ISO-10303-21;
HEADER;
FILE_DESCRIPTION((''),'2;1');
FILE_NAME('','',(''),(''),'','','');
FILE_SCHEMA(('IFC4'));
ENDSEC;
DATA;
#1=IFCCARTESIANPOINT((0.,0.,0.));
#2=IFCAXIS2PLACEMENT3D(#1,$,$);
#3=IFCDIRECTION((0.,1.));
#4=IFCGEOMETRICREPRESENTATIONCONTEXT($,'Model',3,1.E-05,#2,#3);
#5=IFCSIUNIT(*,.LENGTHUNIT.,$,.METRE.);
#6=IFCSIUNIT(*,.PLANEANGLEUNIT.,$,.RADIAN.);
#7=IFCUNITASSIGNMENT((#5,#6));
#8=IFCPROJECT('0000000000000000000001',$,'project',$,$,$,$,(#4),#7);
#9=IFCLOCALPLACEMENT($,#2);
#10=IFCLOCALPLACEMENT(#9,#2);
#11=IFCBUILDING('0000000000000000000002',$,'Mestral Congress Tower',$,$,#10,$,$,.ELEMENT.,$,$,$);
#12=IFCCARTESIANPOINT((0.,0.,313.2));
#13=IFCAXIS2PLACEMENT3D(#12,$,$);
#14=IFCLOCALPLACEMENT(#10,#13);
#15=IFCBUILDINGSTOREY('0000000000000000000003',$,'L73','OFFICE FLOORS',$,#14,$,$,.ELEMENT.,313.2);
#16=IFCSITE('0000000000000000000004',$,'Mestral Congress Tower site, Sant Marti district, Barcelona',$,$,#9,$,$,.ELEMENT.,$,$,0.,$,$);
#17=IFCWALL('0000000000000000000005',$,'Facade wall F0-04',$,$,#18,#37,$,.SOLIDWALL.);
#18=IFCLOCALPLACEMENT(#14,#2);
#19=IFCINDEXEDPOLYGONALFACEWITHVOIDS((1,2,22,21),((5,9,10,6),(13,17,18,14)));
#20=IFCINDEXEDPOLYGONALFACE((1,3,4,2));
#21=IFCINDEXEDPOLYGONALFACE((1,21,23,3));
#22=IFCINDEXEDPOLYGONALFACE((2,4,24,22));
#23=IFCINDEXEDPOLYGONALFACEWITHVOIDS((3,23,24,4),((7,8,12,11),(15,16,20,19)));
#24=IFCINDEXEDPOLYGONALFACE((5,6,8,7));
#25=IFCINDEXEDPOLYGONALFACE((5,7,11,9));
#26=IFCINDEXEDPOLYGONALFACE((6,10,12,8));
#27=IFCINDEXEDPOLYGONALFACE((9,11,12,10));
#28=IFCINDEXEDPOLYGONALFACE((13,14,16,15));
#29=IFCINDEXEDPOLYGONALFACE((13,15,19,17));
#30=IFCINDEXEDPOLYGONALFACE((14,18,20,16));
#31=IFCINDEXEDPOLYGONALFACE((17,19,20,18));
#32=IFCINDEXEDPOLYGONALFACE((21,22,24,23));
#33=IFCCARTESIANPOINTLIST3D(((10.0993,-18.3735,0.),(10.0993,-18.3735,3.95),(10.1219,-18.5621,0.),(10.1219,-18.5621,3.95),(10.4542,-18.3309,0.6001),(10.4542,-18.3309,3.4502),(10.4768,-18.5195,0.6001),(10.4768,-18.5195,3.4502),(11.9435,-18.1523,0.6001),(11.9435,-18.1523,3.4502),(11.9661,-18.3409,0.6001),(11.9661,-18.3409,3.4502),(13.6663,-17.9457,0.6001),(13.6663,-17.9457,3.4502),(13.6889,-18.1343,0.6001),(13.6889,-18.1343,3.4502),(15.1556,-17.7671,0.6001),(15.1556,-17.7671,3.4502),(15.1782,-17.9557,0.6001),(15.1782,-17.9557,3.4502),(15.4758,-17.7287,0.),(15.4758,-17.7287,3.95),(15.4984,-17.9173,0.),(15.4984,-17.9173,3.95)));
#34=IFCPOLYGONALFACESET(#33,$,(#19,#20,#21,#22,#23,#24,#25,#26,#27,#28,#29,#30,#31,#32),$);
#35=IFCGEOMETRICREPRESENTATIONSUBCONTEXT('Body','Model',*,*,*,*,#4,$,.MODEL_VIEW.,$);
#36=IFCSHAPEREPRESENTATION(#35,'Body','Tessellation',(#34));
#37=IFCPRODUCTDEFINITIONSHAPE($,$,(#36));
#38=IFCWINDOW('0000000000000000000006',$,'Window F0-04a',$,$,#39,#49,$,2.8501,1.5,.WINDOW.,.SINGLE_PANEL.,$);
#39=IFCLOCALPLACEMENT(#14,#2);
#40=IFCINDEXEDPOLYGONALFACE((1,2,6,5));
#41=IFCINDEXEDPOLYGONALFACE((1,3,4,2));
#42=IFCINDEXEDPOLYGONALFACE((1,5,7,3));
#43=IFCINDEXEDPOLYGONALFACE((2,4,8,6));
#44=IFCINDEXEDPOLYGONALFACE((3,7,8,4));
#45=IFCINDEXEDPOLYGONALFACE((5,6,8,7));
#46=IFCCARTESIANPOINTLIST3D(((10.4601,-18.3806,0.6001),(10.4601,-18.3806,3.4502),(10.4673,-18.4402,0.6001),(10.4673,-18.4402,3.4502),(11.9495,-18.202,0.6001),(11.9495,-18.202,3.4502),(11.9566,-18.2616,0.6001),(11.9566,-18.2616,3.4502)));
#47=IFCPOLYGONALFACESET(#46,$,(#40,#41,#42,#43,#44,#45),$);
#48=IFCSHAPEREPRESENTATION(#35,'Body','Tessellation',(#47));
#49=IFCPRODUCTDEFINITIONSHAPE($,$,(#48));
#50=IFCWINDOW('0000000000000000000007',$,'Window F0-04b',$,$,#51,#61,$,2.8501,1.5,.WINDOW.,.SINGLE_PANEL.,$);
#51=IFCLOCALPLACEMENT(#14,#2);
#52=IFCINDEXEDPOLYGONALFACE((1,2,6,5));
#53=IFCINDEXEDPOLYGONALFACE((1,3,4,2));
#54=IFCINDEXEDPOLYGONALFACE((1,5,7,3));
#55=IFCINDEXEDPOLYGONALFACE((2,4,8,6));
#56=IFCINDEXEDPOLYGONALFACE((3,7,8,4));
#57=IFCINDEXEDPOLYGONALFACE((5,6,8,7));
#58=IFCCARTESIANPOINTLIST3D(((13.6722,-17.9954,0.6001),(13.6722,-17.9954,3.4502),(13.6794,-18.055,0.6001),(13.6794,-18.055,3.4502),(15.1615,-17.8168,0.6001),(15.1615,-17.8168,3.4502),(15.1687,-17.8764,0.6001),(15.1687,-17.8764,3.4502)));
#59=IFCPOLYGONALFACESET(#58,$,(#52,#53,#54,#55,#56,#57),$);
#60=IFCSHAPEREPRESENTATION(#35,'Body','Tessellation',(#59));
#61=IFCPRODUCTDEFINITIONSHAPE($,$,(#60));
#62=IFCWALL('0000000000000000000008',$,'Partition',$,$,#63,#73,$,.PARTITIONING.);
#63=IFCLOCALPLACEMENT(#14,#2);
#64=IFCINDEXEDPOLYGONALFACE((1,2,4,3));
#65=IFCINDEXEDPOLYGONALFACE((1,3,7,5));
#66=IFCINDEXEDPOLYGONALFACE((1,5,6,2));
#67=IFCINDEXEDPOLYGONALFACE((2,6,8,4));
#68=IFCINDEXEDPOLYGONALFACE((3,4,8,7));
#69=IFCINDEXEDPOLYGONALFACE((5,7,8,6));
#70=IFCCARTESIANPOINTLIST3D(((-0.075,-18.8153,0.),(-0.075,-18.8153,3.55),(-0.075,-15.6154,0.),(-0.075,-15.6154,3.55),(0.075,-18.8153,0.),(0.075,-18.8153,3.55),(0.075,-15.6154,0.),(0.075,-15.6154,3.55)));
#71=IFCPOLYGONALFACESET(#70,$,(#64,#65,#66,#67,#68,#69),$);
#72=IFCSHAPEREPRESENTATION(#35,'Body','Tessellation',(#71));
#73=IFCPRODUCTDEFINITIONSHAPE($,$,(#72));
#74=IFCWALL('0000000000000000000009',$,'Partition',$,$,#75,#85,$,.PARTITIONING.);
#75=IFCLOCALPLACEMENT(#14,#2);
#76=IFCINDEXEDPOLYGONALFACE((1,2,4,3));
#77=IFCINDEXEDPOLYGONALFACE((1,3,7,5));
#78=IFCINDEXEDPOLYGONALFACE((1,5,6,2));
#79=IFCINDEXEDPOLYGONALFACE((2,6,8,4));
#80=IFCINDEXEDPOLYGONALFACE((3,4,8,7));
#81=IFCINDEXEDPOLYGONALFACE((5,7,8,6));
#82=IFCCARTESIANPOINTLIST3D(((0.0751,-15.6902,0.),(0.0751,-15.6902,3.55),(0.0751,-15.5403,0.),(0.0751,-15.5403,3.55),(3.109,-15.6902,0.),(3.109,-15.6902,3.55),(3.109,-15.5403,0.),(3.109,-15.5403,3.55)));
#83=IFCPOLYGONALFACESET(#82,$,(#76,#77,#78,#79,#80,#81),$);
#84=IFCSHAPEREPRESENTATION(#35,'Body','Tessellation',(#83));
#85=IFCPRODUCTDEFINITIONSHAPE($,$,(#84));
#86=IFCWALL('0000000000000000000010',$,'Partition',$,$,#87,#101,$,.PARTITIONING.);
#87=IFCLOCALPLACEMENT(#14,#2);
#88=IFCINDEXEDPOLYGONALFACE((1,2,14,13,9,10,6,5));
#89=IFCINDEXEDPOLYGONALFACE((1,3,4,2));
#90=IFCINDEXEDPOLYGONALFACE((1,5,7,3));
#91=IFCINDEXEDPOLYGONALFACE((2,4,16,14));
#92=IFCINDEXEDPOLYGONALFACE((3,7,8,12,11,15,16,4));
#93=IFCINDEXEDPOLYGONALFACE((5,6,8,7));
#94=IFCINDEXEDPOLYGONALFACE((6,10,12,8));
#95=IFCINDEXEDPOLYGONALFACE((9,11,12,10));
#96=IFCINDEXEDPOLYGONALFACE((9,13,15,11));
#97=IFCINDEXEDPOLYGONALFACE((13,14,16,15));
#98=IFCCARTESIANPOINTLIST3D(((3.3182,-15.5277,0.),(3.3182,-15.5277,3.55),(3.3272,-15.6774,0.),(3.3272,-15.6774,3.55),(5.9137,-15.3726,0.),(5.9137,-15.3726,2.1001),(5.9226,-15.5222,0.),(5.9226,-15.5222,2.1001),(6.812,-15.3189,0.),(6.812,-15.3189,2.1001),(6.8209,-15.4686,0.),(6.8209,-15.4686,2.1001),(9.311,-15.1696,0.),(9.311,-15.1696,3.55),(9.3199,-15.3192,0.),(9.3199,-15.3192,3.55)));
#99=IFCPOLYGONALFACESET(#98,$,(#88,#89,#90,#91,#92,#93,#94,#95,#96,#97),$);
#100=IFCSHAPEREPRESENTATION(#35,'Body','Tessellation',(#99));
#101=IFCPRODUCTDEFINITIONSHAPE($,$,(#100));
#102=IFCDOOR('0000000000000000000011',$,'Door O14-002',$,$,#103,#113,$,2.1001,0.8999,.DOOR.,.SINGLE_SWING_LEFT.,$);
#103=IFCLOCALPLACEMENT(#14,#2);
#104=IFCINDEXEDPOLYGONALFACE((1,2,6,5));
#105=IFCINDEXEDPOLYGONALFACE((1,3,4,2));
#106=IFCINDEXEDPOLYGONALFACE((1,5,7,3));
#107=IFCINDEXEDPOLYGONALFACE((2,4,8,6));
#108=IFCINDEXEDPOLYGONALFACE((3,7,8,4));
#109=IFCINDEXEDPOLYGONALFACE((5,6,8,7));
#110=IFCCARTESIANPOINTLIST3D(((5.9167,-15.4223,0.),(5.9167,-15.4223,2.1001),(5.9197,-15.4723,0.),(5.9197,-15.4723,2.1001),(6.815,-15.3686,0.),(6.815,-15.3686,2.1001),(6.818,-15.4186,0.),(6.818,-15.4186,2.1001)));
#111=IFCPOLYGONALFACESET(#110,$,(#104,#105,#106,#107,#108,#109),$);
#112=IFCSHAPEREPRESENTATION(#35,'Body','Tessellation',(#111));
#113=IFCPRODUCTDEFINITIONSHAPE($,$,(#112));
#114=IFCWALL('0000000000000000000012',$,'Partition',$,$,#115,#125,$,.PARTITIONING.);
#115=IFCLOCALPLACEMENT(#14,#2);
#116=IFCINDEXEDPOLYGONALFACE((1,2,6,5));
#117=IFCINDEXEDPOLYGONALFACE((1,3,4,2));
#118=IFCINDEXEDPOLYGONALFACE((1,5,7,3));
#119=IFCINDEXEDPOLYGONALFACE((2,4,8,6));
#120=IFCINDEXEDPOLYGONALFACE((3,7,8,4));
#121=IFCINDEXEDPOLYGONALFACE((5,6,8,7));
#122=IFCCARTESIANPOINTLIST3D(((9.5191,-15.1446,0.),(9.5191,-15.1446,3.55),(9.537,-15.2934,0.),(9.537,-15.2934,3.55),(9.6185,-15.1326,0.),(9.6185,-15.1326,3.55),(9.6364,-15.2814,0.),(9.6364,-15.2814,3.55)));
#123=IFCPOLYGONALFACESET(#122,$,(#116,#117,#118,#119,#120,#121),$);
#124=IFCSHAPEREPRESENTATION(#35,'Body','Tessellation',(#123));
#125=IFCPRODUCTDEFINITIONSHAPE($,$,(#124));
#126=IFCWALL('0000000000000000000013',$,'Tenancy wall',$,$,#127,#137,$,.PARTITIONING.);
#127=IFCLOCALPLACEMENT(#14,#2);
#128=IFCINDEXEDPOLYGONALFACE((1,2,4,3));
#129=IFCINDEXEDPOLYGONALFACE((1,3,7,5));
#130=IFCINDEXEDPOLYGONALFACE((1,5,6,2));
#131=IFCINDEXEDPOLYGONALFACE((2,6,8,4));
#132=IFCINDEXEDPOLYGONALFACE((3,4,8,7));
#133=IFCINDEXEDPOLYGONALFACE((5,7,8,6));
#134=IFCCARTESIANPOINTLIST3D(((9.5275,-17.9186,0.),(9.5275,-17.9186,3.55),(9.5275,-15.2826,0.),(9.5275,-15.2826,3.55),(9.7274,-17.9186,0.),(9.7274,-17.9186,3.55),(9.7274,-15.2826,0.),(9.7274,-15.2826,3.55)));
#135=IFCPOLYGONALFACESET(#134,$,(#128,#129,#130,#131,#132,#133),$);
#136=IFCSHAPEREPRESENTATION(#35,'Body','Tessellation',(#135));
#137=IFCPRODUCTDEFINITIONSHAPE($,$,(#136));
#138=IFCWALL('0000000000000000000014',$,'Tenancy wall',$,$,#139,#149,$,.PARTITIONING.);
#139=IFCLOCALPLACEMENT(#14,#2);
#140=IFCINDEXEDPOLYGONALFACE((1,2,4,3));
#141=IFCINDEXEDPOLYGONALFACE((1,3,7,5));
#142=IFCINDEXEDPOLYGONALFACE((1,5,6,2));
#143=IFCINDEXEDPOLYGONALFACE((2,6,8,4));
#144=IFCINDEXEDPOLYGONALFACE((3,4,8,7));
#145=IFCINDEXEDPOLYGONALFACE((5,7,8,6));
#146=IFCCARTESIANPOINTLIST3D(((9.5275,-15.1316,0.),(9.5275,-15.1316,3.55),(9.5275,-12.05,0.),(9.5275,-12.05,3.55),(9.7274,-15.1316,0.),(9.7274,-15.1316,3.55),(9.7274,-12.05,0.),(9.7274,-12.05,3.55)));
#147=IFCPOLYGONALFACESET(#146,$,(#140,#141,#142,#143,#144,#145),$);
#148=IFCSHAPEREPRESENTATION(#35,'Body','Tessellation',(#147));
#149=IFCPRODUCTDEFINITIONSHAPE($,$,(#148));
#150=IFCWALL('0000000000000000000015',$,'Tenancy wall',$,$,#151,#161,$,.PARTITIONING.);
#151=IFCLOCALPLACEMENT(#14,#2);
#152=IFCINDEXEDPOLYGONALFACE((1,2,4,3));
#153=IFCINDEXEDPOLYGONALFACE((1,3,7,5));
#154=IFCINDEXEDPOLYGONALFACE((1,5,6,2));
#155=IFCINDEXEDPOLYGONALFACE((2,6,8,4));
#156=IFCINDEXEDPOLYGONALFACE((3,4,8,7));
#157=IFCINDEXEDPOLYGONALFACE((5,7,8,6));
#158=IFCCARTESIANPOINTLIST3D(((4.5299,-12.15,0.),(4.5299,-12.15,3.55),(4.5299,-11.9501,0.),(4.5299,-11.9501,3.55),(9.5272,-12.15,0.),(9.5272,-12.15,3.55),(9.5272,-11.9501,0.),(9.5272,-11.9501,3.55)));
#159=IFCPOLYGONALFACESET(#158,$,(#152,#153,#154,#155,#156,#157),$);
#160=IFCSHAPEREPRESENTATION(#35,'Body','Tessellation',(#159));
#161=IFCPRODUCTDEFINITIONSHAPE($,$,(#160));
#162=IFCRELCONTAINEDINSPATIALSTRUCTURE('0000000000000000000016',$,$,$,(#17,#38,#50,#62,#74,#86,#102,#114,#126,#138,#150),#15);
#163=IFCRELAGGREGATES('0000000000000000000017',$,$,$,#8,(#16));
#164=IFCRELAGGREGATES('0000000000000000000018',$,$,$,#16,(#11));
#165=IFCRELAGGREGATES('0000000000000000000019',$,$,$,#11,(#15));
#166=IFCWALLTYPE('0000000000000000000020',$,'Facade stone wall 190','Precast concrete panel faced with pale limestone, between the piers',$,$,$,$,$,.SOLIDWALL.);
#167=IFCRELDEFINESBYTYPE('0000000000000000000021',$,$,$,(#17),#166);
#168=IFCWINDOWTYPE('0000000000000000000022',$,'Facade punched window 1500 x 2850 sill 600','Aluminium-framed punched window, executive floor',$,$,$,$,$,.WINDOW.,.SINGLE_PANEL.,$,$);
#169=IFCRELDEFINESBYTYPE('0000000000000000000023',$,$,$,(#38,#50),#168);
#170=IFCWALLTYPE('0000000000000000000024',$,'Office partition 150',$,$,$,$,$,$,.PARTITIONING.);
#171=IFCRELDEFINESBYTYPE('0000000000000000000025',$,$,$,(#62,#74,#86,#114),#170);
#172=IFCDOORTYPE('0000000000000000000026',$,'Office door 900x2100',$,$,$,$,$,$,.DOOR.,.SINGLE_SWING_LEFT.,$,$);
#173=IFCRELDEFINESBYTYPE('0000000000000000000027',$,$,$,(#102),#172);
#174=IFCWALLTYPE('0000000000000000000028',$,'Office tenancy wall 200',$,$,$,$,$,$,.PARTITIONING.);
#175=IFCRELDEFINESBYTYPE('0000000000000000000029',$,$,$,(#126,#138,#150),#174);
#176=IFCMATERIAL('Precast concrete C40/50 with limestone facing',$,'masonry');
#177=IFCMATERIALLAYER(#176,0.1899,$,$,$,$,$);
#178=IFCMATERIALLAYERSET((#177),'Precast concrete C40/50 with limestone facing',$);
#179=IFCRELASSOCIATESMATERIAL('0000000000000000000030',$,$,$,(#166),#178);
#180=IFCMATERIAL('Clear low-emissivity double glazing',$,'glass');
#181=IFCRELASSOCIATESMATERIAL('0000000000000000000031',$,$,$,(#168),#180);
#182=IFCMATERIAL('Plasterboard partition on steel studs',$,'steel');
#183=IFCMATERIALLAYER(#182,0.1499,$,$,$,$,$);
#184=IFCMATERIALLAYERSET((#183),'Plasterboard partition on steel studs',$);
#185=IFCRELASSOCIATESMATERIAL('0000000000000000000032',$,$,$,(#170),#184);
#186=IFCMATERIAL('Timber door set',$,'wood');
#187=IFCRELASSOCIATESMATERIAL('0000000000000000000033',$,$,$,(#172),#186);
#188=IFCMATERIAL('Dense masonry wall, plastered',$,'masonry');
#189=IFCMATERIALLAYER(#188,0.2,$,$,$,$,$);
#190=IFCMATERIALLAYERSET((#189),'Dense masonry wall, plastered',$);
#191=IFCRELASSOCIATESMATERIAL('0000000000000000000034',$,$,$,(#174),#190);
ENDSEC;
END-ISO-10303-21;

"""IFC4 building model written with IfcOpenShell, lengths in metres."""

from ifc_helpers import new_model, si_unit, direction, frame, frame_2d, origin, place, context, subcontext, project, spatial, rectangle, extrude, material, layer, layer_set, type_object, element, fill, save


model = new_model("IFC4")

# Units and contexts
model_context = context("Model", 3, precision=1e-05, world=origin(), true_north=direction((0.0, 1.0)))
body_context = subcontext(model_context, "Body", "Model", "MODEL_VIEW")
ifc_project = project(units=[si_unit("LENGTHUNIT", "METRE"), si_unit("PLANEANGLEUNIT", "RADIAN")], contexts=[model_context])

# Site, building, storey
site_placement = place(None, origin())
site = spatial("IfcSite", under=ifc_project, at=site_placement, Name="Mestral Congress Tower site, Sant Marti district, Barcelona", CompositionType="ELEMENT", RefElevation=0.0)
building_placement = place(site_placement, origin())
building = spatial("IfcBuilding", under=site, at=building_placement, Name="Mestral Congress Tower", CompositionType="ELEMENT")
storey_placement = place(building_placement, frame((0.0, 0.0, 313.2)))
storey = spatial("IfcBuildingStorey", under=building, at=storey_placement, Name="L73", Description="OFFICE FLOORS", CompositionType="ELEMENT", Elevation=313.2)

# Wall, openings, windows
ifc_material_1 = material(Name="Precast concrete C40/50 with limestone facing", Category="masonry")
ifc_layer_1 = layer(ifc_material_1, 0.1899)
ifc_layer_set_1 = layer_set([ifc_layer_1], Name="Precast concrete C40/50 with limestone facing")
wall_type_1 = type_object("IfcWallType", Name="Facade stone wall 190", Description="Precast concrete panel faced with pale limestone, between the piers", PredefinedType="SOLIDWALL", material=ifc_layer_set_1)
ifc_material_2 = material(Name="Clear low-emissivity double glazing", Category="glass")
window_type = type_object("IfcWindowType", Name="Facade punched window 1500 x 2850 sill 600", Description="Aluminium-framed punched window, executive floor", PartitioningType="SINGLE_PANEL", PredefinedType="WINDOW", material=ifc_material_2)
wall_1_placement = place(storey_placement, frame((10.1106, -18.4678, 0.0), z_axis=(0.0, 0.0, 1.0), x_axis=(0.992886, 0.119072, 0.0)))
wall_1 = element("IfcWall", 1, at=wall_1_placement, inside=storey, type_object=wall_type_1, Name="Facade wall F0-04", PredefinedType="SOLIDWALL", context=body_context, shape_type="SweptSolid", body=[
    extrude(rectangle(XDim=5.415, YDim=0.1899, at=frame_2d((2.7075, 0.0))), origin(), (0.0, 0.0, 1.0), 3.95),
])
opening_1_placement = place(wall_1_placement, frame((0.3574, 0.0, 0.6001)))
opening_1 = element("IfcOpeningElement", 2, at=opening_1_placement, cuts=wall_1, PredefinedType="OPENING", context=body_context, shape_type="SweptSolid", body=[
    extrude(rectangle(XDim=1.5, YDim=2.8501, at=frame_2d((0.75, 1.425))), frame((0.0, 0.105, 0.0), z_axis=(0.0, -1.0, 0.0), x_axis=(1.0, 0.0, 0.0)), (0.0, 0.0, 1.0), 0.21),
])
opening_2_placement = place(wall_1_placement, frame((3.5925, 0.0, 0.6001)))
opening_2 = element("IfcOpeningElement", 3, at=opening_2_placement, cuts=wall_1, PredefinedType="OPENING", context=body_context, shape_type="SweptSolid", body=[
    extrude(rectangle(XDim=1.5, YDim=2.8501, at=frame_2d((0.75, 1.425))), frame((0.0, 0.105, 0.0), z_axis=(0.0, -1.0, 0.0), x_axis=(1.0, 0.0, 0.0)), (0.0, 0.0, 1.0), 0.21),
])
window_1_placement = place(opening_1_placement, origin())
window_1 = element("IfcWindow", 4, at=window_1_placement, inside=storey, type_object=window_type, Name="Window F0-04a", OverallHeight=2.8501, OverallWidth=1.5, PartitioningType="SINGLE_PANEL", PredefinedType="WINDOW", context=body_context, shape_type="SweptSolid", body=[
    extrude(rectangle(XDim=1.5, YDim=2.8501, at=frame_2d((0.75, 1.425))), frame((0.0, 0.0449, 0.0), z_axis=(0.0, -1.0, 0.0), x_axis=(1.0, 0.0, 0.0)), (0.0, 0.0, 1.0), 0.0601),
])
fill(opening_1, window_1)
window_2_placement = place(opening_2_placement, origin())
window_2 = element("IfcWindow", 5, at=window_2_placement, inside=storey, type_object=window_type, Name="Window F0-04b", OverallHeight=2.8501, OverallWidth=1.5, PartitioningType="SINGLE_PANEL", PredefinedType="WINDOW", context=body_context, shape_type="SweptSolid", body=[
    extrude(rectangle(XDim=1.5, YDim=2.8501, at=frame_2d((0.75, 1.425))), frame((0.0, 0.0449, 0.0), z_axis=(0.0, -1.0, 0.0), x_axis=(1.0, 0.0, 0.0)), (0.0, 0.0, 1.0), 0.0601),
])
fill(opening_2, window_2)

# Walls
ifc_material_3 = material(Name="Plasterboard partition on steel studs", Category="steel")
ifc_layer_2 = layer(ifc_material_3, 0.1499)
ifc_layer_set_2 = layer_set([ifc_layer_2], Name="Plasterboard partition on steel studs")
wall_type_2 = type_object("IfcWallType", Name="Office partition 150", PredefinedType="PARTITIONING", material=ifc_layer_set_2)
wall_2_placement = place(storey_placement, frame((0.0, -15.6152, 0.0), z_axis=(0.0, 0.0, 1.0), x_axis=(0.0, -1.0, 0.0)))
element("IfcWall", 6, at=wall_2_placement, inside=storey, type_object=wall_type_2, Name="Partition", PredefinedType="PARTITIONING", context=body_context, shape_type="SweptSolid", body=[
    extrude(rectangle(XDim=3.2, YDim=0.1499, at=frame_2d((1.6001, 0.0))), origin(), (0.0, 0.0, 1.0), 3.55),
])
wall_3_placement = place(storey_placement, frame((0.075, -15.6152, 0.0), z_axis=(0.0, 0.0, 1.0), x_axis=(1.0, 0.0, 0.0)))
element("IfcWall", 7, at=wall_3_placement, inside=storey, type_object=wall_type_2, Name="Partition", PredefinedType="PARTITIONING", context=body_context, shape_type="SweptSolid", body=[
    extrude(rectangle(XDim=3.0339, YDim=0.1499, at=frame_2d((1.5171, 0.0))), origin(), (0.0, 0.0, 1.0), 3.55),
])

# Wall, opening, door
wall_4_placement = place(storey_placement, frame((9.3154, -15.2444, 0.0), z_axis=(0.0, 0.0, 1.0), x_axis=(-0.998219, -0.059659, 0.0)))
wall_4 = element("IfcWall", 8, at=wall_4_placement, inside=storey, type_object=wall_type_2, Name="Partition", PredefinedType="PARTITIONING", context=body_context, shape_type="SweptSolid", body=[
    extrude(rectangle(XDim=6.0034, YDim=0.1499, at=frame_2d((3.0017, 0.0))), origin(), (0.0, 0.0, 1.0), 3.55),
])
opening_3_placement = place(wall_4_placement, frame((2.5034, 0.0, 0.0)))
opening_3 = element("IfcOpeningElement", 9, at=opening_3_placement, cuts=wall_4, PredefinedType="OPENING", context=body_context, shape_type="SweptSolid", body=[
    extrude(rectangle(XDim=0.8999, YDim=2.1001, at=frame_2d((0.45, 1.05))), frame((0.0, 0.085, 0.0), z_axis=(0.0, -1.0, 0.0), x_axis=(1.0, 0.0, 0.0)), (0.0, 0.0, 1.0), 0.1699),
])
ifc_material_4 = material(Name="Timber door set", Category="wood")
door_type_1 = type_object("IfcDoorType", Name="Office door 900x2100", OperationType="SINGLE_SWING_LEFT", PredefinedType="DOOR", material=ifc_material_4)
door_1_placement = place(opening_3_placement, origin())
door_1 = element("IfcDoor", 10, at=door_1_placement, inside=storey, type_object=door_type_1, Name="Door O14-002", OperationType="SINGLE_SWING_LEFT", OverallHeight=2.1001, OverallWidth=0.8999, PredefinedType="DOOR", context=body_context, shape_type="SweptSolid", body=[
    extrude(rectangle(XDim=0.8999, YDim=2.1001, at=frame_2d((0.45, 1.05))), frame((0.0, 0.0249, 0.0), z_axis=(0.0, -1.0, 0.0), x_axis=(1.0, 0.0, 0.0)), (0.0, 0.0, 1.0), 0.05),
])
fill(opening_3, door_1)

# Walls
wall_5_placement = place(storey_placement, frame((9.5281, -15.219, 0.0), z_axis=(0.0, 0.0, 1.0), x_axis=(0.992831, 0.11953, 0.0)))
element("IfcWall", 11, at=wall_5_placement, inside=storey, type_object=wall_type_2, Name="Partition", PredefinedType="PARTITIONING", context=body_context, shape_type="SweptSolid", body=[
    extrude(rectangle(XDim=0.1001, YDim=0.1499, at=frame_2d((0.05, 0.0))), origin(), (0.0, 0.0, 1.0), 3.55),
])
ifc_material_5 = material(Name="Dense masonry wall, plastered", Category="masonry")
ifc_layer_3 = layer(ifc_material_5, 0.2)
ifc_layer_set_3 = layer_set([ifc_layer_3], Name="Dense masonry wall, plastered")
wall_type_3 = type_object("IfcWallType", Name="Office tenancy wall 200", PredefinedType="PARTITIONING", material=ifc_layer_set_3)
wall_6_placement = place(storey_placement, frame((9.6274, -15.2827, 0.0), z_axis=(0.0, 0.0, 1.0), x_axis=(0.0, -1.0, 0.0)))
element("IfcWall", 12, at=wall_6_placement, inside=storey, type_object=wall_type_3, Name="Tenancy wall", PredefinedType="PARTITIONING", context=body_context, shape_type="SweptSolid", body=[
    extrude(rectangle(XDim=2.636, YDim=0.2, at=frame_2d((1.3179, 0.0))), origin(), (0.0, 0.0, 1.0), 3.55),
])
wall_7_placement = place(storey_placement, frame((9.6274, -12.05, 0.0), z_axis=(0.0, 0.0, 1.0), x_axis=(0.0, -1.0, 0.0)))
element("IfcWall", 13, at=wall_7_placement, inside=storey, type_object=wall_type_3, Name="Tenancy wall", PredefinedType="PARTITIONING", context=body_context, shape_type="SweptSolid", body=[
    extrude(rectangle(XDim=3.0815, YDim=0.2, at=frame_2d((1.5408, 0.0))), origin(), (0.0, 0.0, 1.0), 3.55),
])
wall_8_placement = place(storey_placement, frame((4.53, -12.05, 0.0), z_axis=(0.0, 0.0, 1.0), x_axis=(1.0, 0.0, 0.0)))
element("IfcWall", 14, at=wall_8_placement, inside=storey, type_object=wall_type_3, Name="Tenancy wall", PredefinedType="PARTITIONING", context=body_context, shape_type="SweptSolid", body=[
    extrude(rectangle(XDim=4.9973, YDim=0.2, at=frame_2d((2.4985, 0.0))), origin(), (0.0, 0.0, 1.0), 3.55),
])

save(model, "model.ifc")
